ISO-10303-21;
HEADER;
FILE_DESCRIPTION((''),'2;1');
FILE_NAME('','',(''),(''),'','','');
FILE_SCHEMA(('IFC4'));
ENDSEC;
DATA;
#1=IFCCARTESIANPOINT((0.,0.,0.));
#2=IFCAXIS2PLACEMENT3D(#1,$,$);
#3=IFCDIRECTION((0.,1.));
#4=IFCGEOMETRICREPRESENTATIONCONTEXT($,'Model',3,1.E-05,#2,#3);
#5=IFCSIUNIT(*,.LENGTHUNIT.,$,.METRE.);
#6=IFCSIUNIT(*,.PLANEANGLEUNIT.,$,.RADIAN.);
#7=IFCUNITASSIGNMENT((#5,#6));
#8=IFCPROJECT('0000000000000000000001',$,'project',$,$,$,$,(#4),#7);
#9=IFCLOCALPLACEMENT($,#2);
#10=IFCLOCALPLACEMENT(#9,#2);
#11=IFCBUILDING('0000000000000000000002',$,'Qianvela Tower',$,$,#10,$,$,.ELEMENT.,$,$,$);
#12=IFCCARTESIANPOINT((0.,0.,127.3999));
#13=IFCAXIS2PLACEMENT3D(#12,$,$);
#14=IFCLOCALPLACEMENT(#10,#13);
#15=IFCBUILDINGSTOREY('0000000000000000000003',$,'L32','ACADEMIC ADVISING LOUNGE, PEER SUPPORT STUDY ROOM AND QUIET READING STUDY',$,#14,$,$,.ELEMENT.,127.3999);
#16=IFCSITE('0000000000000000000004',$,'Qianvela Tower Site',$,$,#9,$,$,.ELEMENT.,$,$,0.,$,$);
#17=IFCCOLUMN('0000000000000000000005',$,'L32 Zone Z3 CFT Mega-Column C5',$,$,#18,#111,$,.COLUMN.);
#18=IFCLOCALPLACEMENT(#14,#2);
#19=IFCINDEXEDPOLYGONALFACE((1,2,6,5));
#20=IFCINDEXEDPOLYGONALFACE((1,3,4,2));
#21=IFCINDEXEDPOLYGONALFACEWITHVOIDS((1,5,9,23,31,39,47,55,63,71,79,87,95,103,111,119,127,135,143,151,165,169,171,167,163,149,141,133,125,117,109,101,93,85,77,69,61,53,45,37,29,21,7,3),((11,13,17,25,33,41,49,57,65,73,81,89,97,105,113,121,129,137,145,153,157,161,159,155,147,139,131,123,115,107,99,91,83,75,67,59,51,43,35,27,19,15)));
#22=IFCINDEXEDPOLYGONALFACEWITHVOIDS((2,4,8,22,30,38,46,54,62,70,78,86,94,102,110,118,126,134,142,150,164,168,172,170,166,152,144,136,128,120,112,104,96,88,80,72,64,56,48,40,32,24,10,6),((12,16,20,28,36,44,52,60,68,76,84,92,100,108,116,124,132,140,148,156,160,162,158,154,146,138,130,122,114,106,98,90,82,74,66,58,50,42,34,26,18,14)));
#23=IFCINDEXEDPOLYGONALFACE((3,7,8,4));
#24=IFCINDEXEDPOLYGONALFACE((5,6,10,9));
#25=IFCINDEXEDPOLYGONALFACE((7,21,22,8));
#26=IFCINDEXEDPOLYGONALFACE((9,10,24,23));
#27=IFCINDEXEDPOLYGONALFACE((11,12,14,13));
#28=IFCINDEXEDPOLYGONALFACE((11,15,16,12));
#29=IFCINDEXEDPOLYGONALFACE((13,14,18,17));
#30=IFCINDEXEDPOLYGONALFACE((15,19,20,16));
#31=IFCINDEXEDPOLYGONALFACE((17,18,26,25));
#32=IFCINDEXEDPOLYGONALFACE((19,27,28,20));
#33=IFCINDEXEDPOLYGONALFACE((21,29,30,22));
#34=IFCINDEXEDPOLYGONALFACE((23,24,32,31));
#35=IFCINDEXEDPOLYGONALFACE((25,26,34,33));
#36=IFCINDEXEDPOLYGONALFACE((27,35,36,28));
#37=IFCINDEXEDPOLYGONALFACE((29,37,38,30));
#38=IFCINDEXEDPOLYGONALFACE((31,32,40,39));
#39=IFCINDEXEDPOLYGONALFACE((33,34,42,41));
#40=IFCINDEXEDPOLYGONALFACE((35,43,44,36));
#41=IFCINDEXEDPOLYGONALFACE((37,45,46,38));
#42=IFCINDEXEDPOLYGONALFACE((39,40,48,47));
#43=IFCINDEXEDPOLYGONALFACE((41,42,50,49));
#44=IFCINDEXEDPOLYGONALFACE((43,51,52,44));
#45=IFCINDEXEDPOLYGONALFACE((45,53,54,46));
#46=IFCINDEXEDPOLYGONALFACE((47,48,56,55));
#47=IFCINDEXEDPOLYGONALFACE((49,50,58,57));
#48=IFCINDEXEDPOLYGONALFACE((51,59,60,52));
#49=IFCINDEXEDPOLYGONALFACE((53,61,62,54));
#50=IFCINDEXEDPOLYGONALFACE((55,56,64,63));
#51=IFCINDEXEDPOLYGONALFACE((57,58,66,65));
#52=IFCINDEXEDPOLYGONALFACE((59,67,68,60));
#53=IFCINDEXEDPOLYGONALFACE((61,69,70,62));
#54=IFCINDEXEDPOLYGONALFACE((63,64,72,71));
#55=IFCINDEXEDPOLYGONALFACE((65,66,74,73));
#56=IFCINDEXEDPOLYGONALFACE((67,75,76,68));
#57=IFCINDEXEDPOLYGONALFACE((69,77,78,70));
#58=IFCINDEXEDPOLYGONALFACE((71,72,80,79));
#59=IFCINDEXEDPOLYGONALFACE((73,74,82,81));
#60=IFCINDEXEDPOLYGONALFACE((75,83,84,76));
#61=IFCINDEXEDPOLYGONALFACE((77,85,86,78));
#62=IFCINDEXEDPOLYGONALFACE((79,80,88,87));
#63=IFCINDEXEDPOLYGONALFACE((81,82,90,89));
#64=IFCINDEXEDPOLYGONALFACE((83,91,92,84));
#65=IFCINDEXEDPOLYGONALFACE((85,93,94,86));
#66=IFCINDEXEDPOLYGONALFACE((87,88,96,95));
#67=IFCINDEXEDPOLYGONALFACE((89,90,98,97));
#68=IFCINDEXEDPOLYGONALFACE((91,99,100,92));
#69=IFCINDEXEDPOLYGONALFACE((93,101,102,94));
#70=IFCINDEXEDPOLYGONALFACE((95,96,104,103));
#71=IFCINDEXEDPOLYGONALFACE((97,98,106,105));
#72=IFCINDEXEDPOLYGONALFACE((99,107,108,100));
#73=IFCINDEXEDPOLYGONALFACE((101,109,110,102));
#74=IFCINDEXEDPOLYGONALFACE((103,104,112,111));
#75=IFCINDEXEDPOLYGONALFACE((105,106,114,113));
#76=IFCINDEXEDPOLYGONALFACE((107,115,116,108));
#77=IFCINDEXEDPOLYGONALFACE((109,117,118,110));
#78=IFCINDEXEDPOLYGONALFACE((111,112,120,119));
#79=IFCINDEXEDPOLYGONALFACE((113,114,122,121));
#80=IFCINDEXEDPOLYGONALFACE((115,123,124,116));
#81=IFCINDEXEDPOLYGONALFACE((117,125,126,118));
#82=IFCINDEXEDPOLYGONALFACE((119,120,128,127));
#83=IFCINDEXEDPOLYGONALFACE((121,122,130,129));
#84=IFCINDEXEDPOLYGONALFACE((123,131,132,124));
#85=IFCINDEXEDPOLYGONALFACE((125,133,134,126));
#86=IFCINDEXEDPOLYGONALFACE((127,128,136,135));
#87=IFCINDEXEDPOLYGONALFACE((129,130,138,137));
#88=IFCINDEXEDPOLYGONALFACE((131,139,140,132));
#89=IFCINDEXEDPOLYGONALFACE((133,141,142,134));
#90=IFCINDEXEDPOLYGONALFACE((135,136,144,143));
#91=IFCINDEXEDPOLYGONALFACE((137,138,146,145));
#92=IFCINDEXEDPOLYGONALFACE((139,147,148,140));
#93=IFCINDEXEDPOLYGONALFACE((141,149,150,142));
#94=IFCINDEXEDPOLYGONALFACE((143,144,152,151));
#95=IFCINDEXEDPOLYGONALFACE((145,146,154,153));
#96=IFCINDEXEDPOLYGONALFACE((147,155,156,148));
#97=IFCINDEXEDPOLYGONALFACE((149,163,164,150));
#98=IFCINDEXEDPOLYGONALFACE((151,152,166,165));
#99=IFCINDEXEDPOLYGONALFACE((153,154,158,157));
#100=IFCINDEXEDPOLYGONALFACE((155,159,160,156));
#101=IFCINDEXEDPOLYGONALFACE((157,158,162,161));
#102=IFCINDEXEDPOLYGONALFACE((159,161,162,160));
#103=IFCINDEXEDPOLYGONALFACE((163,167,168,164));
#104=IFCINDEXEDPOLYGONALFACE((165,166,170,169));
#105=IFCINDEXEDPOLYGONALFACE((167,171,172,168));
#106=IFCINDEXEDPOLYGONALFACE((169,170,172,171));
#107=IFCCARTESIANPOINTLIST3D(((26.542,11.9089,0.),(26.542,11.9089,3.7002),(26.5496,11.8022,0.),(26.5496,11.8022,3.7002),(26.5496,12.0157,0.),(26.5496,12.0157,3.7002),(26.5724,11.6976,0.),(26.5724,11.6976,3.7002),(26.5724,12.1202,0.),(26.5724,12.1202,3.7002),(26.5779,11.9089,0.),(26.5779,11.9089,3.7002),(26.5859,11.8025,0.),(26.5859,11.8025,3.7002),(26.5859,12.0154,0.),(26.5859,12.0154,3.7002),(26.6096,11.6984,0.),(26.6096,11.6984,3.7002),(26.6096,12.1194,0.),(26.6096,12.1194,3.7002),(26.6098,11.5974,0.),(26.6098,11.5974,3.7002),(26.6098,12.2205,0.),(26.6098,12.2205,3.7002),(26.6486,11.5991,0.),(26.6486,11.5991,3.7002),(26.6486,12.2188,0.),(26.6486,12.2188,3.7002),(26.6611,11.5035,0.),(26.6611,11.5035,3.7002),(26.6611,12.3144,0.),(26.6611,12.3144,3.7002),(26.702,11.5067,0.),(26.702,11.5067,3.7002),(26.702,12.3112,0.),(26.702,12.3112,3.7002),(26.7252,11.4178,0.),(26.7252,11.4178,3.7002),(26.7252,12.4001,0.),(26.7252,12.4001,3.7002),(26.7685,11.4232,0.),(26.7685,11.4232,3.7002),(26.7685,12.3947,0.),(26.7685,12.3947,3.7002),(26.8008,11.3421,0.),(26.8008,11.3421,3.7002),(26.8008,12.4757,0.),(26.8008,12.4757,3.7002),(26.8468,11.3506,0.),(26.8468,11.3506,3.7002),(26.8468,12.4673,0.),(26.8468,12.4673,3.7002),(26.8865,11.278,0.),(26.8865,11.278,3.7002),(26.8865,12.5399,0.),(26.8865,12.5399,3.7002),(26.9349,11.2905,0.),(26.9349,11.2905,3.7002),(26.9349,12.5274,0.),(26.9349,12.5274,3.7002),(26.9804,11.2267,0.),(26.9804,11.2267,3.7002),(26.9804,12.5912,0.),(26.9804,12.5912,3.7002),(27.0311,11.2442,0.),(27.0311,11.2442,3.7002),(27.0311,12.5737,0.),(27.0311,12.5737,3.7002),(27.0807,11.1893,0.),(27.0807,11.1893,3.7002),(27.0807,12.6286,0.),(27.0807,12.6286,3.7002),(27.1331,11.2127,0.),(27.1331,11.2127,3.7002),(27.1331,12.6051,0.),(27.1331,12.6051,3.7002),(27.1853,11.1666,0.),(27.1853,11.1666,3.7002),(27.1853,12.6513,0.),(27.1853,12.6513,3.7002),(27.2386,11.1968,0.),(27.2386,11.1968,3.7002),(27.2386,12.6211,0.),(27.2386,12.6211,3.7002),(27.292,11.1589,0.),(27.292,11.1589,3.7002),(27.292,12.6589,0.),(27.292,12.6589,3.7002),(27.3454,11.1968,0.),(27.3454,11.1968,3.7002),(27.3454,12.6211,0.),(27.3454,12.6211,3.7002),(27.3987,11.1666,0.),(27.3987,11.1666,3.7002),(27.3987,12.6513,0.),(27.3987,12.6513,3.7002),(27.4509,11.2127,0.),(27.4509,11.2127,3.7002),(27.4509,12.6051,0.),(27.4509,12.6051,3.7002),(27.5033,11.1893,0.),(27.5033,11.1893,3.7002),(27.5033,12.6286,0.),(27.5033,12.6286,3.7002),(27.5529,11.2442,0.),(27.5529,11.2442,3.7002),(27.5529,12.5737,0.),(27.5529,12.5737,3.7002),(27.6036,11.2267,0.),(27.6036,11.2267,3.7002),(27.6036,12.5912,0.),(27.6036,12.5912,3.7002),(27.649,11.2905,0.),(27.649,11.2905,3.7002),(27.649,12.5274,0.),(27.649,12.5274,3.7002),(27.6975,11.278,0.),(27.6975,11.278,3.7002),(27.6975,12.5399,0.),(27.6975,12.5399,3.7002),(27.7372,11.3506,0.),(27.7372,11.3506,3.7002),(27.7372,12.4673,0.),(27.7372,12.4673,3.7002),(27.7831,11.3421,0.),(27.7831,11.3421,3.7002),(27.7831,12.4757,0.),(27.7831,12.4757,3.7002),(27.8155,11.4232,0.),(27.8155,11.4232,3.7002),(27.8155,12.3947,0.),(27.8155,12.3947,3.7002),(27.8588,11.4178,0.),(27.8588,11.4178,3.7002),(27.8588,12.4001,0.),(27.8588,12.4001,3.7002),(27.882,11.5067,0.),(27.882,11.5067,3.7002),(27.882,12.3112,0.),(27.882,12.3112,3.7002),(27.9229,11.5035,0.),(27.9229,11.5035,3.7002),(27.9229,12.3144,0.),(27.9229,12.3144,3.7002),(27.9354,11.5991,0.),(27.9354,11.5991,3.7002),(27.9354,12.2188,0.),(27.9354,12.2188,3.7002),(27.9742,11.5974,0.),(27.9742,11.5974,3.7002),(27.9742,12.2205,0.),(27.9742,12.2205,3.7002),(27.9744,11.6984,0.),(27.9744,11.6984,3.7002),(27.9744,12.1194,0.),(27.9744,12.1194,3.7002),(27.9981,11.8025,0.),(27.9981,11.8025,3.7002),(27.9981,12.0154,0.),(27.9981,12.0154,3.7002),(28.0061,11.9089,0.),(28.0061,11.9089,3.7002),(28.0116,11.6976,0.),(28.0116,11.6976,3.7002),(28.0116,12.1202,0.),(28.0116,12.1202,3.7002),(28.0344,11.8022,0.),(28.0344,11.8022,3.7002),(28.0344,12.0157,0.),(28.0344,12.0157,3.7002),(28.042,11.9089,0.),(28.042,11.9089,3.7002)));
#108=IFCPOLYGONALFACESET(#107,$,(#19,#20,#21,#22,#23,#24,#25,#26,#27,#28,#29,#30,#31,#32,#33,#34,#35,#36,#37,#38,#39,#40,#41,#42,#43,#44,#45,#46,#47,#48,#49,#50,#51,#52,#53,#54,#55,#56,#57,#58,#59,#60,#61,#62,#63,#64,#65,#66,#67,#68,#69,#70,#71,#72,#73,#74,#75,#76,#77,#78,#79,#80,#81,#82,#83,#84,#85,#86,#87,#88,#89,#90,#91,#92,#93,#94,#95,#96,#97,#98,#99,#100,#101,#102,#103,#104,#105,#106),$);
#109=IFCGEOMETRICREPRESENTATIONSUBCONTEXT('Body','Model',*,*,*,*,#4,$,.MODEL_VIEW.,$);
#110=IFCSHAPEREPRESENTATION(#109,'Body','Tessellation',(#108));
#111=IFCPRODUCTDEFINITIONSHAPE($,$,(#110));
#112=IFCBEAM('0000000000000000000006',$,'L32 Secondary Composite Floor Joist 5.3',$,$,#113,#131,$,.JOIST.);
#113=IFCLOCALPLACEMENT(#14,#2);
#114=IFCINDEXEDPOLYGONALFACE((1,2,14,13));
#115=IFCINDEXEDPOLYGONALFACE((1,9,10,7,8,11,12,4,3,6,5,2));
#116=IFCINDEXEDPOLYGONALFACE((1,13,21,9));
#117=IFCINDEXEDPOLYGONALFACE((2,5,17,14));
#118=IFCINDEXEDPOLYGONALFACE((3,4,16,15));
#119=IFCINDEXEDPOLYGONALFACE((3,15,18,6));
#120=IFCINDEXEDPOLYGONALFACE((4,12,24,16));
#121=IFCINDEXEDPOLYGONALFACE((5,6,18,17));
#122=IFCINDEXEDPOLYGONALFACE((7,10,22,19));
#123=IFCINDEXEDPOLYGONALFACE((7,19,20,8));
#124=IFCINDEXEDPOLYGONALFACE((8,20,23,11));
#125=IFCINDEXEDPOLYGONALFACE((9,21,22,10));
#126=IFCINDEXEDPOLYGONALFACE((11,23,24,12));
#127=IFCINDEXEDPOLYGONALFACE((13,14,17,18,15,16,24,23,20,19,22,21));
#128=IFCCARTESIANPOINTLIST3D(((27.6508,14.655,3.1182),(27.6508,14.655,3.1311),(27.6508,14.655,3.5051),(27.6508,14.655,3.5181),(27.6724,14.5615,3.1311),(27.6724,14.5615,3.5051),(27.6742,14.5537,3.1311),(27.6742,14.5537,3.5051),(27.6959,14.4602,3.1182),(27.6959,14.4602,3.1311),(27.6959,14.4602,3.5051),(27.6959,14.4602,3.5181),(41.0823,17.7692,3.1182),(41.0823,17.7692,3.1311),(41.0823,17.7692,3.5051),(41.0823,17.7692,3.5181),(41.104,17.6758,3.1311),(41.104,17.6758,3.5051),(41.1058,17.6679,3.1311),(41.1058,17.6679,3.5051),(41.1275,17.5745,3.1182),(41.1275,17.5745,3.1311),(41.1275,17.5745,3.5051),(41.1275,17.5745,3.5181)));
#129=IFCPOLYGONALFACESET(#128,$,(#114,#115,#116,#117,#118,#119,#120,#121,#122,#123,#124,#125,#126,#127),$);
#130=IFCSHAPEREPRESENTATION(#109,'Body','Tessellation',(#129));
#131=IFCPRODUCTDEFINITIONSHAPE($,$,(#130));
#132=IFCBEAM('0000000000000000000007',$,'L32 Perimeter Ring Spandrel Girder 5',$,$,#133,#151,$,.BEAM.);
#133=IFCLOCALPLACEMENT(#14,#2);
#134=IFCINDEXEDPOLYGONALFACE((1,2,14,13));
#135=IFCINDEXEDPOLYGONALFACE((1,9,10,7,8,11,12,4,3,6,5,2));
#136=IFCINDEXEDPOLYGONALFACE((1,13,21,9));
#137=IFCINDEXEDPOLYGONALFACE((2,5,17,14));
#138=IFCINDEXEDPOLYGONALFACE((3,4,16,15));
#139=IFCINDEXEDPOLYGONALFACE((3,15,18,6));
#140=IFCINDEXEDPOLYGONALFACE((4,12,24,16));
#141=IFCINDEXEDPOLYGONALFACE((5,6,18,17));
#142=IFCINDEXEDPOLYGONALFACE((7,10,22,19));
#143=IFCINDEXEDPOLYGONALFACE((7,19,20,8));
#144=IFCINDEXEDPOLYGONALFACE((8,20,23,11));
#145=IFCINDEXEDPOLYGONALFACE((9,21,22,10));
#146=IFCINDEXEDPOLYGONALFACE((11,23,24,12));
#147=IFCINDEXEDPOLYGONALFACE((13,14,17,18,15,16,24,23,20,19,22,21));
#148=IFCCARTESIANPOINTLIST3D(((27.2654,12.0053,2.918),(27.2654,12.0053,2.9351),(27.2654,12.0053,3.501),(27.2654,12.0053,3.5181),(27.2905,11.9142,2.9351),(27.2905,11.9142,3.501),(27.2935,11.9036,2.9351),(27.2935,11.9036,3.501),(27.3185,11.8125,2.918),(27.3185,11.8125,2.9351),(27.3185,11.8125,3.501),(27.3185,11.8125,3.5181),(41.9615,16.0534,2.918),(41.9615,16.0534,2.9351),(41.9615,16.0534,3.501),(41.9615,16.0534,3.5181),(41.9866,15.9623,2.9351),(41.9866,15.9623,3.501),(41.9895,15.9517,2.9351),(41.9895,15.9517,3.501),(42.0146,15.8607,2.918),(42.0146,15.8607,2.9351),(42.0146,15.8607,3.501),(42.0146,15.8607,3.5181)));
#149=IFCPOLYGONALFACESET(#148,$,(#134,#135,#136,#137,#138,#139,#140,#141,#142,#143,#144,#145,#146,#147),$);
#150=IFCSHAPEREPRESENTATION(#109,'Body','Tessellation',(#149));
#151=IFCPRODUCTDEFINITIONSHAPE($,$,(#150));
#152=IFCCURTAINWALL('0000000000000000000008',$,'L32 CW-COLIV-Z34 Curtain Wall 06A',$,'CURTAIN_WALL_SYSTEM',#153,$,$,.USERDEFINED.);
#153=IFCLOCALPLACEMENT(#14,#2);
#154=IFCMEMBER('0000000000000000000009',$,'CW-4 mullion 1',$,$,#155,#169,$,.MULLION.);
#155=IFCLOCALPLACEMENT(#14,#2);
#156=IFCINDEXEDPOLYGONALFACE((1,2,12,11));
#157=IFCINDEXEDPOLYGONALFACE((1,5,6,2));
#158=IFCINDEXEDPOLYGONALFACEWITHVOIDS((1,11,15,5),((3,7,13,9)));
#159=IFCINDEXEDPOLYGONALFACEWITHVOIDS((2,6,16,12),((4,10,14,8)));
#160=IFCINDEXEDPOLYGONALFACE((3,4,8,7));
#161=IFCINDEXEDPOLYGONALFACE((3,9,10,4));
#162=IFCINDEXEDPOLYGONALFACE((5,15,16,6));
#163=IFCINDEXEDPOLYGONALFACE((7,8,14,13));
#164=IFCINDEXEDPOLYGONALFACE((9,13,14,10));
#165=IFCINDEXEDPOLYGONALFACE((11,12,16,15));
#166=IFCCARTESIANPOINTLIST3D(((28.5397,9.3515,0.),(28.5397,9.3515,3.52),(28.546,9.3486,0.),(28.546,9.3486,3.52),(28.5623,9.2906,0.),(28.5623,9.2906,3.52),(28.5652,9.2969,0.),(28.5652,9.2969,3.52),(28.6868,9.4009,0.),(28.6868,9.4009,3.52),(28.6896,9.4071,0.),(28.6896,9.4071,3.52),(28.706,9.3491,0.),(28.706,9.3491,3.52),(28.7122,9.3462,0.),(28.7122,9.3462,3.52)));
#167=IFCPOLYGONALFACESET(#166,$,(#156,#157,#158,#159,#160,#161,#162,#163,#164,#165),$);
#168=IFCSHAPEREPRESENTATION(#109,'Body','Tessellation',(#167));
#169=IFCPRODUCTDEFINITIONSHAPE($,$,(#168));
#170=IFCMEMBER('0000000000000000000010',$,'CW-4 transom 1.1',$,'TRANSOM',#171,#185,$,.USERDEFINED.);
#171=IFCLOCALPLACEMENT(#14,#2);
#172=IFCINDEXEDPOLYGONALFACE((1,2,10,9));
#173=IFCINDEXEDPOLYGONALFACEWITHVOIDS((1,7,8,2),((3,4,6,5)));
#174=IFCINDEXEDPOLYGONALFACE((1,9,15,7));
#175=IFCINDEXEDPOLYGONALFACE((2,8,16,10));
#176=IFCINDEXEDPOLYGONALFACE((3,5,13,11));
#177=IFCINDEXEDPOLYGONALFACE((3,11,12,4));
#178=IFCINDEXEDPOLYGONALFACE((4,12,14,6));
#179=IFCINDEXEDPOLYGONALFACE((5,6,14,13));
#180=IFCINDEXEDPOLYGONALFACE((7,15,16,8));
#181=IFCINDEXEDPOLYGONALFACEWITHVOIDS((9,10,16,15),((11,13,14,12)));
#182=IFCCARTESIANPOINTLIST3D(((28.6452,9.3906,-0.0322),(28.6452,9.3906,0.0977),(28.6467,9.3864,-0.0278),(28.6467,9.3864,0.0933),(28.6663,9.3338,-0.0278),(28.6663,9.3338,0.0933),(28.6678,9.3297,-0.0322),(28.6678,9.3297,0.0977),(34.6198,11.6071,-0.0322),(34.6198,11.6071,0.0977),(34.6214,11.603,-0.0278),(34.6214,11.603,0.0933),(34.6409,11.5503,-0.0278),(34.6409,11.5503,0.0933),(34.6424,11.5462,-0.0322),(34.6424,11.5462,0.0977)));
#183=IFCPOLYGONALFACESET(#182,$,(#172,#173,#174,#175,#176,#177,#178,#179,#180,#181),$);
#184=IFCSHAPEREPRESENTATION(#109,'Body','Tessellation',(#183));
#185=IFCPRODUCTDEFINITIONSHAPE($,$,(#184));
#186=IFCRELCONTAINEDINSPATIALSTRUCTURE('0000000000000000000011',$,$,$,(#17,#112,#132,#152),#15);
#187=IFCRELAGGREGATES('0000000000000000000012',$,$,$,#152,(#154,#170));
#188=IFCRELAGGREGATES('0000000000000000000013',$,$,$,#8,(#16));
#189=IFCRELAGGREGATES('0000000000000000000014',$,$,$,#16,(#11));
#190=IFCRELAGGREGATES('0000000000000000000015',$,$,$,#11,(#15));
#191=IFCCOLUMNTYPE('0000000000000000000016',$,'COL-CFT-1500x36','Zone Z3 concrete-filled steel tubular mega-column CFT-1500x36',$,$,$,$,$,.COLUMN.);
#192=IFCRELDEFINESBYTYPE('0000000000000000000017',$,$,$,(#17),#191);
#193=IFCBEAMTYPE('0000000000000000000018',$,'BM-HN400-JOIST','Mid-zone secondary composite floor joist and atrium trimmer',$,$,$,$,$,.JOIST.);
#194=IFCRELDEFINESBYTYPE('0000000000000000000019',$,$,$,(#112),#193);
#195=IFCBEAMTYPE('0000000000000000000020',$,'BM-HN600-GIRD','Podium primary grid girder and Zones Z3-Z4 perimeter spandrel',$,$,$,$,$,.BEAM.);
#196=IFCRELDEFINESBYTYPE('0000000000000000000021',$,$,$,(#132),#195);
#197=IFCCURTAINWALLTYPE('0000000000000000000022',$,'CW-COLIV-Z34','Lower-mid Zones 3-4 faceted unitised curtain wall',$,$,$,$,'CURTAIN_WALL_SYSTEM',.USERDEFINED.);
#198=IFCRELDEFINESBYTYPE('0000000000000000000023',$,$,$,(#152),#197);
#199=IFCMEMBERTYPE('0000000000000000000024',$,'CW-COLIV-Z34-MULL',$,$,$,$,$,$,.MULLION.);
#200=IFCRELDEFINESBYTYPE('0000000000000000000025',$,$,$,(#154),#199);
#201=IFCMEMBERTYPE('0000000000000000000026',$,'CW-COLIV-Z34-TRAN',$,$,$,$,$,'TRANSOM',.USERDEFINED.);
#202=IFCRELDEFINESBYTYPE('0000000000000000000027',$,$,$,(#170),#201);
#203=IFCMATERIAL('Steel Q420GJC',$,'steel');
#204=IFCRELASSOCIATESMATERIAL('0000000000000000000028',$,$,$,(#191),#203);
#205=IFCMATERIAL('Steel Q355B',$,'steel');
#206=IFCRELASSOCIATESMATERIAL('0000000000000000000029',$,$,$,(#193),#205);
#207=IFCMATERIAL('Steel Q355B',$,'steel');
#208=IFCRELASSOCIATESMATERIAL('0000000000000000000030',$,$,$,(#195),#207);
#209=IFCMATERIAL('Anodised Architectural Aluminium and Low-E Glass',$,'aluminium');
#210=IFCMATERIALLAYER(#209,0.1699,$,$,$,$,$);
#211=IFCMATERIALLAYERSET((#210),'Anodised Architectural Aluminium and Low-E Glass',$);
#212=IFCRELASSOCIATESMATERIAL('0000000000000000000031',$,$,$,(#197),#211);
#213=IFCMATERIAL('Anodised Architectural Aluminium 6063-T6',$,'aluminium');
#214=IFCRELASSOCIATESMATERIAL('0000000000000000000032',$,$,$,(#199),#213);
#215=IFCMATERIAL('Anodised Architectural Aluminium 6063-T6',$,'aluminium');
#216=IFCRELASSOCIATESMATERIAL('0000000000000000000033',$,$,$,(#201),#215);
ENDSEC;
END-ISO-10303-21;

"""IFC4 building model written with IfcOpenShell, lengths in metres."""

from ifc_helpers import new_model, si_unit, direction, frame, origin, origin_2d, place, context, subcontext, project, spatial, hollow_rectangle, hollow_circle, i_section, extrude, material, layer, layer_set, material_profile, profile_set, type_object, element, aggregate, save


model = new_model("IFC4")

# Units and contexts
model_context = context("Model", 3, precision=1e-05, world=origin(), true_north=direction((0.0, 1.0)))
body_context = subcontext(model_context, "Body", "Model", "MODEL_VIEW")
ifc_project = project(units=[si_unit("LENGTHUNIT", "METRE"), si_unit("PLANEANGLEUNIT", "RADIAN")], contexts=[model_context])

# Site, building, storey
site_placement = place(None, origin())
site = spatial("IfcSite", under=ifc_project, at=site_placement, Name="Qianvela Tower Site", CompositionType="ELEMENT", RefElevation=0.0)
building_placement = place(site_placement, origin())
building = spatial("IfcBuilding", under=site, at=building_placement, Name="Qianvela Tower", CompositionType="ELEMENT")
storey_placement = place(building_placement, frame((0.0, 0.0, 127.3999)))
storey = spatial("IfcBuildingStorey", under=building, at=storey_placement, Name="L32", Description="ACADEMIC ADVISING LOUNGE, PEER SUPPORT STUDY ROOM AND QUIET READING STUDY", CompositionType="ELEMENT", Elevation=127.3999)

# Column
ifc_material_1 = material(Name="Steel Q420GJC", Category="steel")
ifc_material_profile_1 = material_profile(ifc_material_1, hollow_circle(Radius=0.75, WallThickness=0.0359, at=origin_2d()), Name="CFT-1500x36")
ifc_profile_set_1 = profile_set([ifc_material_profile_1], Name="Steel Q420GJC")
column_type = type_object("IfcColumnType", Name="COL-CFT-1500x36", Description="Zone Z3 concrete-filled steel tubular mega-column CFT-1500x36", PredefinedType="COLUMN", material=ifc_profile_set_1)
column_placement = place(storey_placement, frame((27.292, 11.9089, 0.0), z_axis=(0.0, 0.0, 1.0), x_axis=(1.0, 0.0, 0.0)))
element("IfcColumn", 1, at=column_placement, inside=storey, type_object=column_type, Name="L32 Zone Z3 CFT Mega-Column C5", PredefinedType="COLUMN", context=body_context, shape_type="SweptSolid", body=[
    extrude(hollow_circle(Radius=0.75, WallThickness=0.0359, at=origin_2d()), origin(), (0.0, 0.0, 1.0), 3.7002),
])

# Beams
ifc_material_2 = material(Name="Steel Q355B", Category="steel")
ifc_material_profile_2 = material_profile(ifc_material_2, i_section(OverallWidth=0.2, OverallDepth=0.3999, WebThickness=0.0081, FlangeThickness=0.0129, at=origin_2d()), Name="HN400x200x8x13")
ifc_profile_set_2 = profile_set([ifc_material_profile_2], Name="Steel Q355B")
beam_type_1 = type_object("IfcBeamType", Name="BM-HN400-JOIST", Description="Mid-zone secondary composite floor joist and atrium trimmer", PredefinedType="JOIST", material=ifc_profile_set_2)
beam_1_placement = place(storey_placement, frame((27.6733, 14.5576, 3.3181), z_axis=(0.974158, 0.225868, 0.0), x_axis=(-0.225868, 0.974158, 0.0)))
element("IfcBeam", 2, at=beam_1_placement, inside=storey, type_object=beam_type_1, Name="L32 Secondary Composite Floor Joist 5.3", PredefinedType="JOIST", context=body_context, shape_type="SweptSolid", body=[
    extrude(i_section(OverallWidth=0.2, OverallDepth=0.3999, WebThickness=0.0081, FlangeThickness=0.0129, at=origin_2d()), origin(), (0.0, 0.0, 1.0), 13.7878),
])
ifc_material_3 = material(Name="Steel Q355B", Category="steel")
ifc_material_profile_3 = material_profile(ifc_material_3, i_section(OverallWidth=0.2, OverallDepth=0.6001, WebThickness=0.011, FlangeThickness=0.0171, at=origin_2d()), Name="HN600x200x11x17")
ifc_profile_set_3 = profile_set([ifc_material_profile_3], Name="Steel Q355B")
beam_type_2 = type_object("IfcBeamType", Name="BM-HN600-GIRD", Description="Podium primary grid girder and Zones Z3-Z4 perimeter spandrel", PredefinedType="BEAM", material=ifc_profile_set_3)
beam_2_placement = place(storey_placement, frame((27.292, 11.9089, 3.218), z_axis=(0.964093, 0.265564, 0.0), x_axis=(-0.265564, 0.964093, 0.0)))
element("IfcBeam", 3, at=beam_2_placement, inside=storey, type_object=beam_type_2, Name="L32 Perimeter Ring Spandrel Girder 5", PredefinedType="BEAM", context=body_context, shape_type="SweptSolid", body=[
    extrude(i_section(OverallWidth=0.2, OverallDepth=0.6001, WebThickness=0.011, FlangeThickness=0.0171, at=origin_2d()), origin(), (0.0, 0.0, 1.0), 15.2434),
])

# Curtain wall, members
ifc_material_4 = material(Name="Anodised Architectural Aluminium and Low-E Glass", Category="aluminium")
ifc_layer_1 = layer(ifc_material_4, 0.1699)
ifc_layer_set_1 = layer_set([ifc_layer_1], Name="Anodised Architectural Aluminium and Low-E Glass")
curtain_wall_type = type_object("IfcCurtainWallType", Name="CW-COLIV-Z34", Description="Lower-mid Zones 3-4 faceted unitised curtain wall", ElementType="CURTAIN_WALL_SYSTEM", PredefinedType="USERDEFINED", material=ifc_layer_set_1)
curtain_wall_placement = place(storey_placement, origin())
curtain_wall = element("IfcCurtainWall", 4, at=curtain_wall_placement, inside=storey, type_object=curtain_wall_type, Name="L32 CW-COLIV-Z34 Curtain Wall 06A", ObjectType="CURTAIN_WALL_SYSTEM", PredefinedType="USERDEFINED")
ifc_material_5 = material(Name="Anodised Architectural Aluminium 6063-T6", Category="aluminium")
ifc_material_profile_4 = material_profile(ifc_material_5, hollow_rectangle(XDim=0.0649, YDim=0.1599, WallThickness=0.0049, at=origin_2d()), Name="ALU-MULL-65x160")
ifc_profile_set_4 = profile_set([ifc_material_profile_4], Name="Anodised Architectural Aluminium 6063-T6")
member_type_1 = type_object("IfcMemberType", Name="CW-COLIV-Z34-MULL", PredefinedType="MULLION", material=ifc_profile_set_4)
member_1_placement = place(storey_placement, frame((28.626, 9.3489, 0.0), z_axis=(0.0, 0.0, 1.0), x_axis=(-0.347799, 0.937569, 0.0)))
member_1 = element("IfcMember", 5, at=member_1_placement, type_object=member_type_1, Name="CW-4 mullion 1", PredefinedType="MULLION", context=body_context, shape_type="SweptSolid", body=[
    extrude(hollow_rectangle(XDim=0.0649, YDim=0.1599, WallThickness=0.0049, at=origin_2d()), origin(), (0.0, 0.0, 1.0), 3.52),
])
ifc_material_6 = material(Name="Anodised Architectural Aluminium 6063-T6", Category="aluminium")
ifc_material_profile_5 = material_profile(ifc_material_6, hollow_rectangle(XDim=0.0649, YDim=0.1299, WallThickness=0.0044, at=origin_2d()), Name="ALU-TRAN-65x130")
ifc_profile_set_5 = profile_set([ifc_material_profile_5], Name="Anodised Architectural Aluminium 6063-T6")
member_type_2 = type_object("IfcMemberType", Name="CW-COLIV-Z34-TRAN", ElementType="TRANSOM", PredefinedType="USERDEFINED", material=ifc_profile_set_5)
member_2_placement = place(storey_placement, frame((28.6565, 9.3601, 0.0327), z_axis=(0.937558, 0.34783, 0.0), x_axis=(-0.34783, 0.937558, 0.0)))
member_2 = element("IfcMember", 6, at=member_2_placement, type_object=member_type_2, Name="CW-4 transom 1.1", ObjectType="TRANSOM", PredefinedType="USERDEFINED", context=body_context, shape_type="SweptSolid", body=[
    extrude(hollow_rectangle(XDim=0.0649, YDim=0.1299, WallThickness=0.0044, at=origin_2d()), origin(), (0.0, 0.0, 1.0), 6.3726),
])
aggregate(curtain_wall, [member_1, member_2])

save(model, "model.ifc")
